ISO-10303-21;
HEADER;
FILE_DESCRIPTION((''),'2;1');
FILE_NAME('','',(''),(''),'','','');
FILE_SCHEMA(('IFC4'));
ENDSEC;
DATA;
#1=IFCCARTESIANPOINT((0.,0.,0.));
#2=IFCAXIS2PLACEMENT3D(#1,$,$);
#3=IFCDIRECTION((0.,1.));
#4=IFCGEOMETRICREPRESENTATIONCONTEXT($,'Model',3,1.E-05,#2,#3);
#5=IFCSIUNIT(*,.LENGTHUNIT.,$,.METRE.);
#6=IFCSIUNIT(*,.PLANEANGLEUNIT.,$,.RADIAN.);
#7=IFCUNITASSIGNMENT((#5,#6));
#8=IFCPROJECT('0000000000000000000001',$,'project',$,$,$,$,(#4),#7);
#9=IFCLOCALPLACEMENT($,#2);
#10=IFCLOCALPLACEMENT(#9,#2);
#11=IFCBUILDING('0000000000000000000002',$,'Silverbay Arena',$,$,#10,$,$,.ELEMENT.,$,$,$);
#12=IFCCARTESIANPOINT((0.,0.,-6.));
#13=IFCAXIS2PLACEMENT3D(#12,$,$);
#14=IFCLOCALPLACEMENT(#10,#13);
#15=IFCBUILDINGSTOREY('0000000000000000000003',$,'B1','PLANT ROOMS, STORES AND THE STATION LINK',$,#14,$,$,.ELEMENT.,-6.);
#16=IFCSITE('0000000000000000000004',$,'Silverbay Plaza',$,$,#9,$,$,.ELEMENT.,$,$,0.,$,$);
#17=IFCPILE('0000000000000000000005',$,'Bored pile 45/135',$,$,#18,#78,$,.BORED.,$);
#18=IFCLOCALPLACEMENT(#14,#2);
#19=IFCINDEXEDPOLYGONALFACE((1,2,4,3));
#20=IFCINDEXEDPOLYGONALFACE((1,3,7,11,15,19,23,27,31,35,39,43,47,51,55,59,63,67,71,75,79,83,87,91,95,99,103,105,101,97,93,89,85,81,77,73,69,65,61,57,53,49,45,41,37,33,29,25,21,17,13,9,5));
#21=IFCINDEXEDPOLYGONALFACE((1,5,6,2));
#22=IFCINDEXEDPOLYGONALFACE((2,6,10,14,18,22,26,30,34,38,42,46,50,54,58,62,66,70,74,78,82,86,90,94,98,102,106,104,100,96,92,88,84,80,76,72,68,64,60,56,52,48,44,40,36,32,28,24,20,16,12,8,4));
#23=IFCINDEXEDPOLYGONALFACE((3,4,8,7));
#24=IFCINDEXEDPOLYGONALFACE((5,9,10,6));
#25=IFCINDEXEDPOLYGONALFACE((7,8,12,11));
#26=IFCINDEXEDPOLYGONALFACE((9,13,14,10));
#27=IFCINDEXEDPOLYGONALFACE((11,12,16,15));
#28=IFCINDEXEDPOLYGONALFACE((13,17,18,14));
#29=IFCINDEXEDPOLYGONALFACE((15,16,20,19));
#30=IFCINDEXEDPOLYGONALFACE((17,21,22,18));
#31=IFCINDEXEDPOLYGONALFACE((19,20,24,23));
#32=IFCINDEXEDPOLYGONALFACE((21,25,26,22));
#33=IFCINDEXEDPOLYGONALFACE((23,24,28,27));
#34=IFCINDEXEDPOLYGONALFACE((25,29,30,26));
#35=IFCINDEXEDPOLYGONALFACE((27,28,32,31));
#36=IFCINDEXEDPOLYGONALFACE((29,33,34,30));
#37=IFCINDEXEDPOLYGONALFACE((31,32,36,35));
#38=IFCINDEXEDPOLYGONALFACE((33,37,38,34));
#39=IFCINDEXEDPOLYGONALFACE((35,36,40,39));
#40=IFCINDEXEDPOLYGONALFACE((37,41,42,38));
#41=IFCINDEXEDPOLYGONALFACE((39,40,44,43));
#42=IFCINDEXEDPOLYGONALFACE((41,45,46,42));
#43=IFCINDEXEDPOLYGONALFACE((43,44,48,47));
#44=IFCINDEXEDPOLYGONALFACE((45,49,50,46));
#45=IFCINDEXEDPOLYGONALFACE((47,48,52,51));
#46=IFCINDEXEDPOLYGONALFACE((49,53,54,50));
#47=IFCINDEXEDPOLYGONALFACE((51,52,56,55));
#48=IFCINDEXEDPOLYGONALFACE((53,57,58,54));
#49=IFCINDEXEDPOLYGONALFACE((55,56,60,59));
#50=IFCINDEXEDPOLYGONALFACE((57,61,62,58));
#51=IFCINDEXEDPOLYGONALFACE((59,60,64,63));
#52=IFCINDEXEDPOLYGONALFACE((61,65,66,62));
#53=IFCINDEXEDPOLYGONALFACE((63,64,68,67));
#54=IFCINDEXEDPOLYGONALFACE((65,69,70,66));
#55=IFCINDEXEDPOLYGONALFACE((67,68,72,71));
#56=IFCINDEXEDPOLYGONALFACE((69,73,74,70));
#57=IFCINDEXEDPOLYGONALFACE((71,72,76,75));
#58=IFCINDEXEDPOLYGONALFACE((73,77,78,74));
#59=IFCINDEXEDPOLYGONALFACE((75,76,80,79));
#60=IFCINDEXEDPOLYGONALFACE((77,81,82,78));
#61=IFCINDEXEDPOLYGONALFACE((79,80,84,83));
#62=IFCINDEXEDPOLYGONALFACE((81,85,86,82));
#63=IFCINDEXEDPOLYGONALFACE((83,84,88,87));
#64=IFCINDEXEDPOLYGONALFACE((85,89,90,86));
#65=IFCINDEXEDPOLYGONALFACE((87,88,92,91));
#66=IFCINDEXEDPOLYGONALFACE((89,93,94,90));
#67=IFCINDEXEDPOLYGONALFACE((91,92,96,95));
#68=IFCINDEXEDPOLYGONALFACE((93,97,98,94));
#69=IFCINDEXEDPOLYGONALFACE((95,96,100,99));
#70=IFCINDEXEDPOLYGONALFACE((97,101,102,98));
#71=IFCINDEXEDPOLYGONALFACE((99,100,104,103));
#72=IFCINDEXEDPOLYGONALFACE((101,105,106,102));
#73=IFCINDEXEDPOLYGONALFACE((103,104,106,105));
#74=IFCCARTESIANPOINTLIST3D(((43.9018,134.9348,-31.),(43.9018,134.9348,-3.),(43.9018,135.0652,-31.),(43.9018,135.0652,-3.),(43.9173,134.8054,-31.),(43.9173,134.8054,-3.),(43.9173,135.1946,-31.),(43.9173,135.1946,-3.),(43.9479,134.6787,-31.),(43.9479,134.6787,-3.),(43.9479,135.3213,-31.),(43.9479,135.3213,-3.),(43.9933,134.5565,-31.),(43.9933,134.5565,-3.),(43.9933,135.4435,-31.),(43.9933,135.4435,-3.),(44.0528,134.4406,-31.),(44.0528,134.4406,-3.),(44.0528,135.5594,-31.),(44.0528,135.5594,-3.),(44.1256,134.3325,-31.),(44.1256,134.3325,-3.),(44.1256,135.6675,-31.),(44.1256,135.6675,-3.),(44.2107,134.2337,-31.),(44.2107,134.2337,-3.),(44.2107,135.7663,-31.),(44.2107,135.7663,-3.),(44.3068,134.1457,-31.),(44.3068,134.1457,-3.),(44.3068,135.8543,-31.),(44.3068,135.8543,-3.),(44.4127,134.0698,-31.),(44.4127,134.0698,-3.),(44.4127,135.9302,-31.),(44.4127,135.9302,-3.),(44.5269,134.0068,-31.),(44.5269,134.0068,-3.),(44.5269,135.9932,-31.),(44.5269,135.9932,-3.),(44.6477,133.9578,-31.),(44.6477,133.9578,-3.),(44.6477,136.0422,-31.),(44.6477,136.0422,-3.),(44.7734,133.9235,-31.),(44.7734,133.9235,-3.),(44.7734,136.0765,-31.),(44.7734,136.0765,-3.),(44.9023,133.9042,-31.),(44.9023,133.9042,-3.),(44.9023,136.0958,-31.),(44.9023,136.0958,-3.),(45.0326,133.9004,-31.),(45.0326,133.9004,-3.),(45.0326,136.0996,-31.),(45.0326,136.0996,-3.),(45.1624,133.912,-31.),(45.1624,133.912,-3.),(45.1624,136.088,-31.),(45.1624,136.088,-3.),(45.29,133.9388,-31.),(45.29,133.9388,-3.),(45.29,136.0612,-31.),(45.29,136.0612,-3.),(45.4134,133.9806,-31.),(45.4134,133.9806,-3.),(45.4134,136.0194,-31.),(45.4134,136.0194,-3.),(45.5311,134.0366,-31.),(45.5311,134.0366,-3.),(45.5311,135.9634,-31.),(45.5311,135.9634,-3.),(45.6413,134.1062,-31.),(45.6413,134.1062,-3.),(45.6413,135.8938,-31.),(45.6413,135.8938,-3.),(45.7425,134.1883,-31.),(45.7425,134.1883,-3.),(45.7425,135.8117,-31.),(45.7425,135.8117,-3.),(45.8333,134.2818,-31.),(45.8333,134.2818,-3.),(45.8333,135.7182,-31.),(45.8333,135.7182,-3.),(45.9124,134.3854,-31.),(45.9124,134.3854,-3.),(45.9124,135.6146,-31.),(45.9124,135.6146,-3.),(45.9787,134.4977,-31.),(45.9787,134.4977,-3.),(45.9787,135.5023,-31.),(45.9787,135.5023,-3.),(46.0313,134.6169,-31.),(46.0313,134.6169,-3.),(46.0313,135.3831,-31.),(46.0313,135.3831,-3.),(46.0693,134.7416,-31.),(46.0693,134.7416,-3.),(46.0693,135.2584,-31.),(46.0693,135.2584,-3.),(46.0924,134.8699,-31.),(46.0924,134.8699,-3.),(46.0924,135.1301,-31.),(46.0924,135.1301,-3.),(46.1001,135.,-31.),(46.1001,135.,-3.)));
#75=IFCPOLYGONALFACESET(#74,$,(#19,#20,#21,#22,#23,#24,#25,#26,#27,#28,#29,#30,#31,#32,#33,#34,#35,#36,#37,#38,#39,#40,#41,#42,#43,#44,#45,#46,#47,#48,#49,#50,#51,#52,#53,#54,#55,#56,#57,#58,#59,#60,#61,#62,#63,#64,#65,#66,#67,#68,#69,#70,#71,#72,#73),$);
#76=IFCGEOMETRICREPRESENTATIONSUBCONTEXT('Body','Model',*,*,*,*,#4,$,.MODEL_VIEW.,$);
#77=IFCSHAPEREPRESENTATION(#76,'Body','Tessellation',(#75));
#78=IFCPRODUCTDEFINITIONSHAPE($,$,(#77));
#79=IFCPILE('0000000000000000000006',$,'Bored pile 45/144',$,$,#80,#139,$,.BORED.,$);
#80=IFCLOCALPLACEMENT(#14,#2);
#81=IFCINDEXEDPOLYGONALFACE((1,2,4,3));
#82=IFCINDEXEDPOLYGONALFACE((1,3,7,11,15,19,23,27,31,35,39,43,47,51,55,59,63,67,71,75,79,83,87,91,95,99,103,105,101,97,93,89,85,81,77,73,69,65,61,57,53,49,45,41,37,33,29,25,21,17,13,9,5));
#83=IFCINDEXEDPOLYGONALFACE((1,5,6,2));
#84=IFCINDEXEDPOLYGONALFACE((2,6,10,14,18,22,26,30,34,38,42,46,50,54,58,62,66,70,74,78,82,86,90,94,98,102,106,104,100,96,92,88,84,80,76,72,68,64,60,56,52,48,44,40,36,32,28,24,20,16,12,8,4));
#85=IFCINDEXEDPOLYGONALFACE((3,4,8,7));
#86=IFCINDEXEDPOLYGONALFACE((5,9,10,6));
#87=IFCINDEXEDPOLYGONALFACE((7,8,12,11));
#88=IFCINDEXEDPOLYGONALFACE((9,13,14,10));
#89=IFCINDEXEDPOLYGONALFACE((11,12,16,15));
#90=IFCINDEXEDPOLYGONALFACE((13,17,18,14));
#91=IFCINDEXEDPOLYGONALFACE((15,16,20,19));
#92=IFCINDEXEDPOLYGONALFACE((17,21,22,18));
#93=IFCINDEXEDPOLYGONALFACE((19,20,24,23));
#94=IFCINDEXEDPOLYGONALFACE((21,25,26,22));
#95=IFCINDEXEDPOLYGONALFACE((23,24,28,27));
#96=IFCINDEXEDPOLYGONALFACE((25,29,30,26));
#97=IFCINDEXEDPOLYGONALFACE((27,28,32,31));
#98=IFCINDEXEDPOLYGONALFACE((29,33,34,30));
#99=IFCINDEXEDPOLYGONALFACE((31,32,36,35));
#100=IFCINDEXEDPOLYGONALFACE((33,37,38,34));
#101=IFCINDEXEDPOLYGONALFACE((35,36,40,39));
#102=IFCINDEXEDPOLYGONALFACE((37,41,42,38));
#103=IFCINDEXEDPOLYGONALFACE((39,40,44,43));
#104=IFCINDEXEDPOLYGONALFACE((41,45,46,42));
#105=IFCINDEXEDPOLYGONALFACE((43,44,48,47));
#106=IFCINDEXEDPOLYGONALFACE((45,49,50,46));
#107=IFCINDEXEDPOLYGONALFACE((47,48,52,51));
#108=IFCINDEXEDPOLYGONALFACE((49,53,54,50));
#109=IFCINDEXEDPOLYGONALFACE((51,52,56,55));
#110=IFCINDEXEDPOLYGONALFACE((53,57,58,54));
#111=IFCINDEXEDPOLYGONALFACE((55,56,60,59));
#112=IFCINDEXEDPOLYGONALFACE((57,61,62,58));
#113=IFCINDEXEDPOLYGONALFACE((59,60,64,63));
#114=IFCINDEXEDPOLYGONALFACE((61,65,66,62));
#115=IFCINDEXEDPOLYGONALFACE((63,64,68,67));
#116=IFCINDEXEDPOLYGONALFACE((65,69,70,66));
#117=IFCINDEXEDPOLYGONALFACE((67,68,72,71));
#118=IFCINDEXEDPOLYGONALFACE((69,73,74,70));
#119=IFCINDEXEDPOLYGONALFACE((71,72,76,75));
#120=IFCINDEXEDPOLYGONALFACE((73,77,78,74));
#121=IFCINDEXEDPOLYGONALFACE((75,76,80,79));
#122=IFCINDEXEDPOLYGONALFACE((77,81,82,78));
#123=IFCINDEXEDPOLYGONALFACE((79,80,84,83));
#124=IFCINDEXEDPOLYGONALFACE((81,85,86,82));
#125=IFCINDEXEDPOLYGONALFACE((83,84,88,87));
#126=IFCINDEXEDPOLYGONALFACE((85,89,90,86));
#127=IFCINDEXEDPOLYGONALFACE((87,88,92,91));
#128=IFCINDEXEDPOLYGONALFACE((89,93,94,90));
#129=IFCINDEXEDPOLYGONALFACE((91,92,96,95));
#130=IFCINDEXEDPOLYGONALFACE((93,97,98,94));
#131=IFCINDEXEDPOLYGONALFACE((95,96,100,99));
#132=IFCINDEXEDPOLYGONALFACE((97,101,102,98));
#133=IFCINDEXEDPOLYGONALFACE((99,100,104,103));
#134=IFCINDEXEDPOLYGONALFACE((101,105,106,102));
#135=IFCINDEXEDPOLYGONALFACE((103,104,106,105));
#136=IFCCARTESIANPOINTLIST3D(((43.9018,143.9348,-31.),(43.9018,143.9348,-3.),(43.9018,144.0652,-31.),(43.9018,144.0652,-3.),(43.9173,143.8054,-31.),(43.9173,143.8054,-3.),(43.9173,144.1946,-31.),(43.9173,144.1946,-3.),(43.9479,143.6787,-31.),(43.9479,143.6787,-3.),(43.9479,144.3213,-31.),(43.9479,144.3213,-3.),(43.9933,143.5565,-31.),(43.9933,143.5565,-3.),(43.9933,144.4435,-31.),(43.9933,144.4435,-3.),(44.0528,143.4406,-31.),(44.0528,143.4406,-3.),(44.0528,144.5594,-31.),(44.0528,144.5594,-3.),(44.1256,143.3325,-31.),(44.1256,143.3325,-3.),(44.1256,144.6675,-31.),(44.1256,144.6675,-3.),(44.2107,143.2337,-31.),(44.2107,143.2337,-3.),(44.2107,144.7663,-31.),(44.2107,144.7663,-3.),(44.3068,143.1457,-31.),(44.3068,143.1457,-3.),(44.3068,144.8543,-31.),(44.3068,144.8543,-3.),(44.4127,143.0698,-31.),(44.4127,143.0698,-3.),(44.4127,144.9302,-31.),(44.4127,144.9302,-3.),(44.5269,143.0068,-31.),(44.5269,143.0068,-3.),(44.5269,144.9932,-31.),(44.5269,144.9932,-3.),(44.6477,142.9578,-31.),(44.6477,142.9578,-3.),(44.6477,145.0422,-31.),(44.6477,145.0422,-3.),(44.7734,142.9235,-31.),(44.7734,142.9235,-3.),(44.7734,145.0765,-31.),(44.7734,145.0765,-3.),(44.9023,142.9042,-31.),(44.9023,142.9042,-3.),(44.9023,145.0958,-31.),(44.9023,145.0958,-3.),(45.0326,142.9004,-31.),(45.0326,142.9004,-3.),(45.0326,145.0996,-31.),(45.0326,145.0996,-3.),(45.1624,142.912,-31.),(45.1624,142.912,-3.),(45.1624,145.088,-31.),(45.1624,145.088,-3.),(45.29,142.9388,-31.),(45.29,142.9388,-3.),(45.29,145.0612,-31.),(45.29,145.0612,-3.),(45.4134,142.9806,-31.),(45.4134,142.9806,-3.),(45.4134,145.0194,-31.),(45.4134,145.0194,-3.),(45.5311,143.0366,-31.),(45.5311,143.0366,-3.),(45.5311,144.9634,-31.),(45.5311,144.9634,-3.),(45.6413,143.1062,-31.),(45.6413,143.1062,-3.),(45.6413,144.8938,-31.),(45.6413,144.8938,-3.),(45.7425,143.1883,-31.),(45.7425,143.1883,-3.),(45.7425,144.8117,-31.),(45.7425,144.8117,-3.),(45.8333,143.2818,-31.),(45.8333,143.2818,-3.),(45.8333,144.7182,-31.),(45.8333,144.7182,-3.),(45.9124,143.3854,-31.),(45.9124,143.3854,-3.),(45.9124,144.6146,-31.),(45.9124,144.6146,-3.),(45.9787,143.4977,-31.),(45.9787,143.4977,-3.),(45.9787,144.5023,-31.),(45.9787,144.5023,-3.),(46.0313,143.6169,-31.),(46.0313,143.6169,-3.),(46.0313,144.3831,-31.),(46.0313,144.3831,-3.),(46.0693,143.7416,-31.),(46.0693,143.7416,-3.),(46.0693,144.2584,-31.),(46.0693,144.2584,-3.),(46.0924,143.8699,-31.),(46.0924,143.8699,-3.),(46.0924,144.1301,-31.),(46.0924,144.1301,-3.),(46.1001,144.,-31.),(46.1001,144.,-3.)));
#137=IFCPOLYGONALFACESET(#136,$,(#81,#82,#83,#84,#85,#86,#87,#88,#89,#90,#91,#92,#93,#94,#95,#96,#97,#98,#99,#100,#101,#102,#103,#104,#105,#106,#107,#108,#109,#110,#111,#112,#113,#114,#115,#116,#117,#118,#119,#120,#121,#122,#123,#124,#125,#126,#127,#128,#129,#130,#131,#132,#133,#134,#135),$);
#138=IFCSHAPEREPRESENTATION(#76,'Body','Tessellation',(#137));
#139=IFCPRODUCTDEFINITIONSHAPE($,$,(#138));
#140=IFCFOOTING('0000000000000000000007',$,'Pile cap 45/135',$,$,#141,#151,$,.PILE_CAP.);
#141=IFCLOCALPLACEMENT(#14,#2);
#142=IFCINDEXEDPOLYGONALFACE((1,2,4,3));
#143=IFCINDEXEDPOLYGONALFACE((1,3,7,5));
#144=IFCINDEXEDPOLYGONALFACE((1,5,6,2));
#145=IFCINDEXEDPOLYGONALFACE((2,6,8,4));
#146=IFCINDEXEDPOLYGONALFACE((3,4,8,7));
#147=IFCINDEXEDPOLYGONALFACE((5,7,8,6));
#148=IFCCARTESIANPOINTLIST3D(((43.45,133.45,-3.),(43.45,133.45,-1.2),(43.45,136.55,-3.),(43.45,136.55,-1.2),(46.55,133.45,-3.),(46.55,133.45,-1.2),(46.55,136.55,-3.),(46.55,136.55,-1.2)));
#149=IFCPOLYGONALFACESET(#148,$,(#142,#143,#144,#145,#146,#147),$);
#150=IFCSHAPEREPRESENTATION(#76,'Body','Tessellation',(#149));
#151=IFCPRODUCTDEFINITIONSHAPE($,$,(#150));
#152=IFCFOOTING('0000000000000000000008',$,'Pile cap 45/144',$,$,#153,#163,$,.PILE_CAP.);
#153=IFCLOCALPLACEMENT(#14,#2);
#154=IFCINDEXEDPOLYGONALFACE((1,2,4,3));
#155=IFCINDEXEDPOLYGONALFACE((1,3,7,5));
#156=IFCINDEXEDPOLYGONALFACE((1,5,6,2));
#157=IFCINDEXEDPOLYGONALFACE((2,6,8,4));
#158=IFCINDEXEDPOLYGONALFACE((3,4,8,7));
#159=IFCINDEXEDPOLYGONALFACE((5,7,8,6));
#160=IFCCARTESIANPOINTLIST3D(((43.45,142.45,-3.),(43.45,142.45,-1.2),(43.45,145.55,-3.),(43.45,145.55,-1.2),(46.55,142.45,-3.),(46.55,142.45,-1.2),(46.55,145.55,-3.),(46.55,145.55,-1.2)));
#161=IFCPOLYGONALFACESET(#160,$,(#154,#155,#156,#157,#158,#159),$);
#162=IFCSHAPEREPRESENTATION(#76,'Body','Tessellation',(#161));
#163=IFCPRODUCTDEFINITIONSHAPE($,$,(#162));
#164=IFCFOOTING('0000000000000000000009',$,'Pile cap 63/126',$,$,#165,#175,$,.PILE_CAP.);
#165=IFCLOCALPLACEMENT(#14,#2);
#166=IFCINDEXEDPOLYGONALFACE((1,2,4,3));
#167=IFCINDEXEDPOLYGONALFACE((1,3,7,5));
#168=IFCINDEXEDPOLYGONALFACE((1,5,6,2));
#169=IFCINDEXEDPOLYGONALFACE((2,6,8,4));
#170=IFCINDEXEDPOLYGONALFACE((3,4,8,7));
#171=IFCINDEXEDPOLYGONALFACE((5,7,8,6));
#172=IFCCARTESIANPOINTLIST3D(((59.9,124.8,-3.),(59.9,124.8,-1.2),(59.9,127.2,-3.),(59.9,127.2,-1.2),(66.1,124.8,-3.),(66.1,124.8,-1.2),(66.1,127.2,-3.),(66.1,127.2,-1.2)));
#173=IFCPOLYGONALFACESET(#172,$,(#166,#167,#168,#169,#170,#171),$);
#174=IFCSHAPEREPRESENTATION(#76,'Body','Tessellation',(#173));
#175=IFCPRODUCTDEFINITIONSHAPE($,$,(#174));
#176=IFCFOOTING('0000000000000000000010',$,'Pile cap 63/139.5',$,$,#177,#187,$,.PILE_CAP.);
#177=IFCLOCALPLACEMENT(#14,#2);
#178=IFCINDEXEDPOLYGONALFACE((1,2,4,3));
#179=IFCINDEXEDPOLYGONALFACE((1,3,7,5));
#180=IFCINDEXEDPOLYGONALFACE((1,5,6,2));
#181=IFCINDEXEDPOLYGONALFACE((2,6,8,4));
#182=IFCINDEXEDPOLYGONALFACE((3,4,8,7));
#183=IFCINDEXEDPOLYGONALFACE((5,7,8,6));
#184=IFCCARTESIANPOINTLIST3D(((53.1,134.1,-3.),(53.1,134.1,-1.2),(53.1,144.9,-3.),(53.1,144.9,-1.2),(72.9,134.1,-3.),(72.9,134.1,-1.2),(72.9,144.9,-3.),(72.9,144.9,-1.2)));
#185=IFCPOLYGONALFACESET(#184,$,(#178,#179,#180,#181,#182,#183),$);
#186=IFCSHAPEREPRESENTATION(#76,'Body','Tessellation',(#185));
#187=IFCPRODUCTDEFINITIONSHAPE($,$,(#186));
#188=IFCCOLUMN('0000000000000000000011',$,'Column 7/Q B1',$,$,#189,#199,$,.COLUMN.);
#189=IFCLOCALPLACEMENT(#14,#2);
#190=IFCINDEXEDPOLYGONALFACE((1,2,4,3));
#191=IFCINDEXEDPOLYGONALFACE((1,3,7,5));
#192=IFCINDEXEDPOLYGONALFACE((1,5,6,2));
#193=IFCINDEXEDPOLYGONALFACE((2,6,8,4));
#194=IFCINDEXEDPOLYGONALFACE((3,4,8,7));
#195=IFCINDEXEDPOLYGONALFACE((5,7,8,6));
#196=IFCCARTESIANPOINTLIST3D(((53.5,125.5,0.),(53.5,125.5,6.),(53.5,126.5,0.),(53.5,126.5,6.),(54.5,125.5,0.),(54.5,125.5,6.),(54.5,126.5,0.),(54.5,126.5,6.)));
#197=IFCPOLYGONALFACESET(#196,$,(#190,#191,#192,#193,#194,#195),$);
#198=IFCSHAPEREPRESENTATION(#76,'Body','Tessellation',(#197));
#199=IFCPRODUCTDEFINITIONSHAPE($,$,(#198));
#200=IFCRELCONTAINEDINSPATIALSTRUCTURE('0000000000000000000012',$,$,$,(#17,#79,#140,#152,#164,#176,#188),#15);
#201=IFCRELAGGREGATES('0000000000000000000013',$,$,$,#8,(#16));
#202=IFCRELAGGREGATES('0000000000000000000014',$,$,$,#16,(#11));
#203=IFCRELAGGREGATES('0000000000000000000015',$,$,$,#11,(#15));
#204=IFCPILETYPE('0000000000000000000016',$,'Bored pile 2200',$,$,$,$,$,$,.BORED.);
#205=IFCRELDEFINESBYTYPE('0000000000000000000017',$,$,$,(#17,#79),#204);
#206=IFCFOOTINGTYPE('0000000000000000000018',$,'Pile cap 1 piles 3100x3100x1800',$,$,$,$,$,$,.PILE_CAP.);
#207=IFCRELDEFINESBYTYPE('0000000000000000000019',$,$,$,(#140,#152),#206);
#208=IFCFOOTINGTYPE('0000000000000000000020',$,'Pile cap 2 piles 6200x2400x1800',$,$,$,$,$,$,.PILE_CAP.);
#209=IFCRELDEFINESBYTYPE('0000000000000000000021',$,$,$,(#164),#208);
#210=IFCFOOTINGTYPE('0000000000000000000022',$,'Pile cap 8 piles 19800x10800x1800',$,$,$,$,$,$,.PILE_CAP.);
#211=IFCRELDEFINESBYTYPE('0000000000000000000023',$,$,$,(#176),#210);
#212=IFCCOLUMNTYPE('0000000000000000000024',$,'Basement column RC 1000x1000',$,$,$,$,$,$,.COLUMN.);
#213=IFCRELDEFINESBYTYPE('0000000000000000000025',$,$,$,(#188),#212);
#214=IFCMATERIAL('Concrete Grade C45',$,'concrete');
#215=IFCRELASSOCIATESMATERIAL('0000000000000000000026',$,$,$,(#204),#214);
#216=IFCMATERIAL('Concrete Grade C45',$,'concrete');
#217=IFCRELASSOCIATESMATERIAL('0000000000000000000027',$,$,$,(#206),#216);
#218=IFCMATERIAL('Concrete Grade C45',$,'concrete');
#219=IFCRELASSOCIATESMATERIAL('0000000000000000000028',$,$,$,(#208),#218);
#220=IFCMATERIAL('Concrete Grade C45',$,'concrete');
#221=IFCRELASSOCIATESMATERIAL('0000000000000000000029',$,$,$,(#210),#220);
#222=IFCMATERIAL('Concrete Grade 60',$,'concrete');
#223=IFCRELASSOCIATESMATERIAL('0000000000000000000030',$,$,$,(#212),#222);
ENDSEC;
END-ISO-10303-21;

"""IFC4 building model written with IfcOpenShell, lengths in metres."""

from ifc_helpers import new_model, si_unit, direction, frame, origin, origin_2d, place, context, subcontext, project, spatial, rectangle, circle, extrude, material, material_profile, profile_set, type_object, element, save


model = new_model("IFC4")

# Units and contexts
model_context = context("Model", 3, precision=1e-05, world=origin(), true_north=direction((0.0, 1.0)))
body_context = subcontext(model_context, "Body", "Model", "MODEL_VIEW")
ifc_project = project(units=[si_unit("LENGTHUNIT", "METRE"), si_unit("PLANEANGLEUNIT", "RADIAN")], contexts=[model_context])

# Site, building, storey
site_placement = place(None, origin())
site = spatial("IfcSite", under=ifc_project, at=site_placement, Name="Silverbay Plaza", CompositionType="ELEMENT", RefElevation=0.0)
building_placement = place(site_placement, origin())
building = spatial("IfcBuilding", under=site, at=building_placement, Name="Silverbay Arena", CompositionType="ELEMENT")
storey_placement = place(building_placement, frame((0.0, 0.0, -6.0)))
storey = spatial("IfcBuildingStorey", under=building, at=storey_placement, Name="B1", Description="PLANT ROOMS, STORES AND THE STATION LINK", CompositionType="ELEMENT", Elevation=-6.0)

# Piles
ifc_material_1 = material(Name="Concrete Grade C45", Category="concrete")
ifc_material_profile_1 = material_profile(ifc_material_1, circle(Radius=1.1001, at=origin_2d()), Name="Bored pile 2200")
ifc_profile_set_1 = profile_set([ifc_material_profile_1], Name="Concrete Grade C45")
pile_type_1 = type_object("IfcPileType", Name="Bored pile 2200", PredefinedType="BORED", material=ifc_profile_set_1)
for number, where, z_axis, x_axis, name in (
    (1, (45.0, 135.0, -3.0), (0.0, 0.0, -1.0), (1.0, 0.0, 0.0), "Bored pile 45/135"),
    (2, (45.0, 144.0, -3.0), (0.0, 0.0, -1.0), (1.0, 0.0, 0.0), "Bored pile 45/144"),
):
    element("IfcPile", number, at=place(storey_placement, frame(where, z_axis=z_axis, x_axis=x_axis)), inside=storey, type_object=pile_type_1, Name=name, PredefinedType="BORED", context=body_context, shape_type="SweptSolid", body=[
        extrude(circle(Radius=1.1001, at=origin_2d()), origin(), (0.0, 0.0, 1.0), 28.0),
    ])

# Footings
ifc_material_2 = material(Name="Concrete Grade C45", Category="concrete")
footing_type_1 = type_object("IfcFootingType", Name="Pile cap 1 piles 3100x3100x1800", PredefinedType="PILE_CAP", material=ifc_material_2)
for number, where, z_axis, x_axis, name in (
    (3, (45.0, 135.0, -3.0), (0.0, 0.0, 1.0), (1.0, 0.0, 0.0), "Pile cap 45/135"),
    (4, (45.0, 144.0, -3.0), (0.0, 0.0, 1.0), (1.0, 0.0, 0.0), "Pile cap 45/144"),
):
    element("IfcFooting", number, at=place(storey_placement, frame(where, z_axis=z_axis, x_axis=x_axis)), inside=storey, type_object=footing_type_1, Name=name, PredefinedType="PILE_CAP", context=body_context, shape_type="SweptSolid", body=[
        extrude(rectangle(XDim=3.1001, YDim=3.1001, at=origin_2d()), origin(), (0.0, 0.0, 1.0), 1.8),
    ])
ifc_material_3 = material(Name="Concrete Grade C45", Category="concrete")
footing_type_2 = type_object("IfcFootingType", Name="Pile cap 2 piles 6200x2400x1800", PredefinedType="PILE_CAP", material=ifc_material_3)
footing_1_placement = place(storey_placement, frame((63.0, 126.0, -3.0), z_axis=(0.0, 0.0, 1.0), x_axis=(1.0, 0.0, 0.0)))
element("IfcFooting", 5, at=footing_1_placement, inside=storey, type_object=footing_type_2, Name="Pile cap 63/126", PredefinedType="PILE_CAP", context=body_context, shape_type="SweptSolid", body=[
    extrude(rectangle(XDim=6.2, YDim=2.3999, at=origin_2d()), origin(), (0.0, 0.0, 1.0), 1.8),
])
ifc_material_4 = material(Name="Concrete Grade C45", Category="concrete")
footing_type_3 = type_object("IfcFootingType", Name="Pile cap 8 piles 19800x10800x1800", PredefinedType="PILE_CAP", material=ifc_material_4)
footing_2_placement = place(storey_placement, frame((63.0, 139.5, -3.0), z_axis=(0.0, 0.0, 1.0), x_axis=(1.0, 0.0, 0.0)))
element("IfcFooting", 6, at=footing_2_placement, inside=storey, type_object=footing_type_3, Name="Pile cap 63/139.5", PredefinedType="PILE_CAP", context=body_context, shape_type="SweptSolid", body=[
    extrude(rectangle(XDim=19.8, YDim=10.8, at=origin_2d()), origin(), (0.0, 0.0, 1.0), 1.8),
])

# Column
ifc_material_5 = material(Name="Concrete Grade 60", Category="concrete")
ifc_material_profile_2 = material_profile(ifc_material_5, rectangle(XDim=1.0, YDim=1.0, at=origin_2d()), Name="RC 1000x1000")
ifc_profile_set_2 = profile_set([ifc_material_profile_2], Name="Concrete Grade 60")
column_type_1 = type_object("IfcColumnType", Name="Basement column RC 1000x1000", PredefinedType="COLUMN", material=ifc_profile_set_2)
column_placement = place(storey_placement, frame((54.0, 126.0, 0.0), z_axis=(0.0, 0.0, 1.0), x_axis=(1.0, 0.0, 0.0)))
element("IfcColumn", 7, at=column_placement, inside=storey, type_object=column_type_1, Name="Column 7/Q B1", PredefinedType="COLUMN", context=body_context, shape_type="SweptSolid", body=[
    extrude(rectangle(XDim=1.0, YDim=1.0, at=origin_2d()), origin(), (0.0, 0.0, 1.0), 6.0),
])

save(model, "model.ifc")
